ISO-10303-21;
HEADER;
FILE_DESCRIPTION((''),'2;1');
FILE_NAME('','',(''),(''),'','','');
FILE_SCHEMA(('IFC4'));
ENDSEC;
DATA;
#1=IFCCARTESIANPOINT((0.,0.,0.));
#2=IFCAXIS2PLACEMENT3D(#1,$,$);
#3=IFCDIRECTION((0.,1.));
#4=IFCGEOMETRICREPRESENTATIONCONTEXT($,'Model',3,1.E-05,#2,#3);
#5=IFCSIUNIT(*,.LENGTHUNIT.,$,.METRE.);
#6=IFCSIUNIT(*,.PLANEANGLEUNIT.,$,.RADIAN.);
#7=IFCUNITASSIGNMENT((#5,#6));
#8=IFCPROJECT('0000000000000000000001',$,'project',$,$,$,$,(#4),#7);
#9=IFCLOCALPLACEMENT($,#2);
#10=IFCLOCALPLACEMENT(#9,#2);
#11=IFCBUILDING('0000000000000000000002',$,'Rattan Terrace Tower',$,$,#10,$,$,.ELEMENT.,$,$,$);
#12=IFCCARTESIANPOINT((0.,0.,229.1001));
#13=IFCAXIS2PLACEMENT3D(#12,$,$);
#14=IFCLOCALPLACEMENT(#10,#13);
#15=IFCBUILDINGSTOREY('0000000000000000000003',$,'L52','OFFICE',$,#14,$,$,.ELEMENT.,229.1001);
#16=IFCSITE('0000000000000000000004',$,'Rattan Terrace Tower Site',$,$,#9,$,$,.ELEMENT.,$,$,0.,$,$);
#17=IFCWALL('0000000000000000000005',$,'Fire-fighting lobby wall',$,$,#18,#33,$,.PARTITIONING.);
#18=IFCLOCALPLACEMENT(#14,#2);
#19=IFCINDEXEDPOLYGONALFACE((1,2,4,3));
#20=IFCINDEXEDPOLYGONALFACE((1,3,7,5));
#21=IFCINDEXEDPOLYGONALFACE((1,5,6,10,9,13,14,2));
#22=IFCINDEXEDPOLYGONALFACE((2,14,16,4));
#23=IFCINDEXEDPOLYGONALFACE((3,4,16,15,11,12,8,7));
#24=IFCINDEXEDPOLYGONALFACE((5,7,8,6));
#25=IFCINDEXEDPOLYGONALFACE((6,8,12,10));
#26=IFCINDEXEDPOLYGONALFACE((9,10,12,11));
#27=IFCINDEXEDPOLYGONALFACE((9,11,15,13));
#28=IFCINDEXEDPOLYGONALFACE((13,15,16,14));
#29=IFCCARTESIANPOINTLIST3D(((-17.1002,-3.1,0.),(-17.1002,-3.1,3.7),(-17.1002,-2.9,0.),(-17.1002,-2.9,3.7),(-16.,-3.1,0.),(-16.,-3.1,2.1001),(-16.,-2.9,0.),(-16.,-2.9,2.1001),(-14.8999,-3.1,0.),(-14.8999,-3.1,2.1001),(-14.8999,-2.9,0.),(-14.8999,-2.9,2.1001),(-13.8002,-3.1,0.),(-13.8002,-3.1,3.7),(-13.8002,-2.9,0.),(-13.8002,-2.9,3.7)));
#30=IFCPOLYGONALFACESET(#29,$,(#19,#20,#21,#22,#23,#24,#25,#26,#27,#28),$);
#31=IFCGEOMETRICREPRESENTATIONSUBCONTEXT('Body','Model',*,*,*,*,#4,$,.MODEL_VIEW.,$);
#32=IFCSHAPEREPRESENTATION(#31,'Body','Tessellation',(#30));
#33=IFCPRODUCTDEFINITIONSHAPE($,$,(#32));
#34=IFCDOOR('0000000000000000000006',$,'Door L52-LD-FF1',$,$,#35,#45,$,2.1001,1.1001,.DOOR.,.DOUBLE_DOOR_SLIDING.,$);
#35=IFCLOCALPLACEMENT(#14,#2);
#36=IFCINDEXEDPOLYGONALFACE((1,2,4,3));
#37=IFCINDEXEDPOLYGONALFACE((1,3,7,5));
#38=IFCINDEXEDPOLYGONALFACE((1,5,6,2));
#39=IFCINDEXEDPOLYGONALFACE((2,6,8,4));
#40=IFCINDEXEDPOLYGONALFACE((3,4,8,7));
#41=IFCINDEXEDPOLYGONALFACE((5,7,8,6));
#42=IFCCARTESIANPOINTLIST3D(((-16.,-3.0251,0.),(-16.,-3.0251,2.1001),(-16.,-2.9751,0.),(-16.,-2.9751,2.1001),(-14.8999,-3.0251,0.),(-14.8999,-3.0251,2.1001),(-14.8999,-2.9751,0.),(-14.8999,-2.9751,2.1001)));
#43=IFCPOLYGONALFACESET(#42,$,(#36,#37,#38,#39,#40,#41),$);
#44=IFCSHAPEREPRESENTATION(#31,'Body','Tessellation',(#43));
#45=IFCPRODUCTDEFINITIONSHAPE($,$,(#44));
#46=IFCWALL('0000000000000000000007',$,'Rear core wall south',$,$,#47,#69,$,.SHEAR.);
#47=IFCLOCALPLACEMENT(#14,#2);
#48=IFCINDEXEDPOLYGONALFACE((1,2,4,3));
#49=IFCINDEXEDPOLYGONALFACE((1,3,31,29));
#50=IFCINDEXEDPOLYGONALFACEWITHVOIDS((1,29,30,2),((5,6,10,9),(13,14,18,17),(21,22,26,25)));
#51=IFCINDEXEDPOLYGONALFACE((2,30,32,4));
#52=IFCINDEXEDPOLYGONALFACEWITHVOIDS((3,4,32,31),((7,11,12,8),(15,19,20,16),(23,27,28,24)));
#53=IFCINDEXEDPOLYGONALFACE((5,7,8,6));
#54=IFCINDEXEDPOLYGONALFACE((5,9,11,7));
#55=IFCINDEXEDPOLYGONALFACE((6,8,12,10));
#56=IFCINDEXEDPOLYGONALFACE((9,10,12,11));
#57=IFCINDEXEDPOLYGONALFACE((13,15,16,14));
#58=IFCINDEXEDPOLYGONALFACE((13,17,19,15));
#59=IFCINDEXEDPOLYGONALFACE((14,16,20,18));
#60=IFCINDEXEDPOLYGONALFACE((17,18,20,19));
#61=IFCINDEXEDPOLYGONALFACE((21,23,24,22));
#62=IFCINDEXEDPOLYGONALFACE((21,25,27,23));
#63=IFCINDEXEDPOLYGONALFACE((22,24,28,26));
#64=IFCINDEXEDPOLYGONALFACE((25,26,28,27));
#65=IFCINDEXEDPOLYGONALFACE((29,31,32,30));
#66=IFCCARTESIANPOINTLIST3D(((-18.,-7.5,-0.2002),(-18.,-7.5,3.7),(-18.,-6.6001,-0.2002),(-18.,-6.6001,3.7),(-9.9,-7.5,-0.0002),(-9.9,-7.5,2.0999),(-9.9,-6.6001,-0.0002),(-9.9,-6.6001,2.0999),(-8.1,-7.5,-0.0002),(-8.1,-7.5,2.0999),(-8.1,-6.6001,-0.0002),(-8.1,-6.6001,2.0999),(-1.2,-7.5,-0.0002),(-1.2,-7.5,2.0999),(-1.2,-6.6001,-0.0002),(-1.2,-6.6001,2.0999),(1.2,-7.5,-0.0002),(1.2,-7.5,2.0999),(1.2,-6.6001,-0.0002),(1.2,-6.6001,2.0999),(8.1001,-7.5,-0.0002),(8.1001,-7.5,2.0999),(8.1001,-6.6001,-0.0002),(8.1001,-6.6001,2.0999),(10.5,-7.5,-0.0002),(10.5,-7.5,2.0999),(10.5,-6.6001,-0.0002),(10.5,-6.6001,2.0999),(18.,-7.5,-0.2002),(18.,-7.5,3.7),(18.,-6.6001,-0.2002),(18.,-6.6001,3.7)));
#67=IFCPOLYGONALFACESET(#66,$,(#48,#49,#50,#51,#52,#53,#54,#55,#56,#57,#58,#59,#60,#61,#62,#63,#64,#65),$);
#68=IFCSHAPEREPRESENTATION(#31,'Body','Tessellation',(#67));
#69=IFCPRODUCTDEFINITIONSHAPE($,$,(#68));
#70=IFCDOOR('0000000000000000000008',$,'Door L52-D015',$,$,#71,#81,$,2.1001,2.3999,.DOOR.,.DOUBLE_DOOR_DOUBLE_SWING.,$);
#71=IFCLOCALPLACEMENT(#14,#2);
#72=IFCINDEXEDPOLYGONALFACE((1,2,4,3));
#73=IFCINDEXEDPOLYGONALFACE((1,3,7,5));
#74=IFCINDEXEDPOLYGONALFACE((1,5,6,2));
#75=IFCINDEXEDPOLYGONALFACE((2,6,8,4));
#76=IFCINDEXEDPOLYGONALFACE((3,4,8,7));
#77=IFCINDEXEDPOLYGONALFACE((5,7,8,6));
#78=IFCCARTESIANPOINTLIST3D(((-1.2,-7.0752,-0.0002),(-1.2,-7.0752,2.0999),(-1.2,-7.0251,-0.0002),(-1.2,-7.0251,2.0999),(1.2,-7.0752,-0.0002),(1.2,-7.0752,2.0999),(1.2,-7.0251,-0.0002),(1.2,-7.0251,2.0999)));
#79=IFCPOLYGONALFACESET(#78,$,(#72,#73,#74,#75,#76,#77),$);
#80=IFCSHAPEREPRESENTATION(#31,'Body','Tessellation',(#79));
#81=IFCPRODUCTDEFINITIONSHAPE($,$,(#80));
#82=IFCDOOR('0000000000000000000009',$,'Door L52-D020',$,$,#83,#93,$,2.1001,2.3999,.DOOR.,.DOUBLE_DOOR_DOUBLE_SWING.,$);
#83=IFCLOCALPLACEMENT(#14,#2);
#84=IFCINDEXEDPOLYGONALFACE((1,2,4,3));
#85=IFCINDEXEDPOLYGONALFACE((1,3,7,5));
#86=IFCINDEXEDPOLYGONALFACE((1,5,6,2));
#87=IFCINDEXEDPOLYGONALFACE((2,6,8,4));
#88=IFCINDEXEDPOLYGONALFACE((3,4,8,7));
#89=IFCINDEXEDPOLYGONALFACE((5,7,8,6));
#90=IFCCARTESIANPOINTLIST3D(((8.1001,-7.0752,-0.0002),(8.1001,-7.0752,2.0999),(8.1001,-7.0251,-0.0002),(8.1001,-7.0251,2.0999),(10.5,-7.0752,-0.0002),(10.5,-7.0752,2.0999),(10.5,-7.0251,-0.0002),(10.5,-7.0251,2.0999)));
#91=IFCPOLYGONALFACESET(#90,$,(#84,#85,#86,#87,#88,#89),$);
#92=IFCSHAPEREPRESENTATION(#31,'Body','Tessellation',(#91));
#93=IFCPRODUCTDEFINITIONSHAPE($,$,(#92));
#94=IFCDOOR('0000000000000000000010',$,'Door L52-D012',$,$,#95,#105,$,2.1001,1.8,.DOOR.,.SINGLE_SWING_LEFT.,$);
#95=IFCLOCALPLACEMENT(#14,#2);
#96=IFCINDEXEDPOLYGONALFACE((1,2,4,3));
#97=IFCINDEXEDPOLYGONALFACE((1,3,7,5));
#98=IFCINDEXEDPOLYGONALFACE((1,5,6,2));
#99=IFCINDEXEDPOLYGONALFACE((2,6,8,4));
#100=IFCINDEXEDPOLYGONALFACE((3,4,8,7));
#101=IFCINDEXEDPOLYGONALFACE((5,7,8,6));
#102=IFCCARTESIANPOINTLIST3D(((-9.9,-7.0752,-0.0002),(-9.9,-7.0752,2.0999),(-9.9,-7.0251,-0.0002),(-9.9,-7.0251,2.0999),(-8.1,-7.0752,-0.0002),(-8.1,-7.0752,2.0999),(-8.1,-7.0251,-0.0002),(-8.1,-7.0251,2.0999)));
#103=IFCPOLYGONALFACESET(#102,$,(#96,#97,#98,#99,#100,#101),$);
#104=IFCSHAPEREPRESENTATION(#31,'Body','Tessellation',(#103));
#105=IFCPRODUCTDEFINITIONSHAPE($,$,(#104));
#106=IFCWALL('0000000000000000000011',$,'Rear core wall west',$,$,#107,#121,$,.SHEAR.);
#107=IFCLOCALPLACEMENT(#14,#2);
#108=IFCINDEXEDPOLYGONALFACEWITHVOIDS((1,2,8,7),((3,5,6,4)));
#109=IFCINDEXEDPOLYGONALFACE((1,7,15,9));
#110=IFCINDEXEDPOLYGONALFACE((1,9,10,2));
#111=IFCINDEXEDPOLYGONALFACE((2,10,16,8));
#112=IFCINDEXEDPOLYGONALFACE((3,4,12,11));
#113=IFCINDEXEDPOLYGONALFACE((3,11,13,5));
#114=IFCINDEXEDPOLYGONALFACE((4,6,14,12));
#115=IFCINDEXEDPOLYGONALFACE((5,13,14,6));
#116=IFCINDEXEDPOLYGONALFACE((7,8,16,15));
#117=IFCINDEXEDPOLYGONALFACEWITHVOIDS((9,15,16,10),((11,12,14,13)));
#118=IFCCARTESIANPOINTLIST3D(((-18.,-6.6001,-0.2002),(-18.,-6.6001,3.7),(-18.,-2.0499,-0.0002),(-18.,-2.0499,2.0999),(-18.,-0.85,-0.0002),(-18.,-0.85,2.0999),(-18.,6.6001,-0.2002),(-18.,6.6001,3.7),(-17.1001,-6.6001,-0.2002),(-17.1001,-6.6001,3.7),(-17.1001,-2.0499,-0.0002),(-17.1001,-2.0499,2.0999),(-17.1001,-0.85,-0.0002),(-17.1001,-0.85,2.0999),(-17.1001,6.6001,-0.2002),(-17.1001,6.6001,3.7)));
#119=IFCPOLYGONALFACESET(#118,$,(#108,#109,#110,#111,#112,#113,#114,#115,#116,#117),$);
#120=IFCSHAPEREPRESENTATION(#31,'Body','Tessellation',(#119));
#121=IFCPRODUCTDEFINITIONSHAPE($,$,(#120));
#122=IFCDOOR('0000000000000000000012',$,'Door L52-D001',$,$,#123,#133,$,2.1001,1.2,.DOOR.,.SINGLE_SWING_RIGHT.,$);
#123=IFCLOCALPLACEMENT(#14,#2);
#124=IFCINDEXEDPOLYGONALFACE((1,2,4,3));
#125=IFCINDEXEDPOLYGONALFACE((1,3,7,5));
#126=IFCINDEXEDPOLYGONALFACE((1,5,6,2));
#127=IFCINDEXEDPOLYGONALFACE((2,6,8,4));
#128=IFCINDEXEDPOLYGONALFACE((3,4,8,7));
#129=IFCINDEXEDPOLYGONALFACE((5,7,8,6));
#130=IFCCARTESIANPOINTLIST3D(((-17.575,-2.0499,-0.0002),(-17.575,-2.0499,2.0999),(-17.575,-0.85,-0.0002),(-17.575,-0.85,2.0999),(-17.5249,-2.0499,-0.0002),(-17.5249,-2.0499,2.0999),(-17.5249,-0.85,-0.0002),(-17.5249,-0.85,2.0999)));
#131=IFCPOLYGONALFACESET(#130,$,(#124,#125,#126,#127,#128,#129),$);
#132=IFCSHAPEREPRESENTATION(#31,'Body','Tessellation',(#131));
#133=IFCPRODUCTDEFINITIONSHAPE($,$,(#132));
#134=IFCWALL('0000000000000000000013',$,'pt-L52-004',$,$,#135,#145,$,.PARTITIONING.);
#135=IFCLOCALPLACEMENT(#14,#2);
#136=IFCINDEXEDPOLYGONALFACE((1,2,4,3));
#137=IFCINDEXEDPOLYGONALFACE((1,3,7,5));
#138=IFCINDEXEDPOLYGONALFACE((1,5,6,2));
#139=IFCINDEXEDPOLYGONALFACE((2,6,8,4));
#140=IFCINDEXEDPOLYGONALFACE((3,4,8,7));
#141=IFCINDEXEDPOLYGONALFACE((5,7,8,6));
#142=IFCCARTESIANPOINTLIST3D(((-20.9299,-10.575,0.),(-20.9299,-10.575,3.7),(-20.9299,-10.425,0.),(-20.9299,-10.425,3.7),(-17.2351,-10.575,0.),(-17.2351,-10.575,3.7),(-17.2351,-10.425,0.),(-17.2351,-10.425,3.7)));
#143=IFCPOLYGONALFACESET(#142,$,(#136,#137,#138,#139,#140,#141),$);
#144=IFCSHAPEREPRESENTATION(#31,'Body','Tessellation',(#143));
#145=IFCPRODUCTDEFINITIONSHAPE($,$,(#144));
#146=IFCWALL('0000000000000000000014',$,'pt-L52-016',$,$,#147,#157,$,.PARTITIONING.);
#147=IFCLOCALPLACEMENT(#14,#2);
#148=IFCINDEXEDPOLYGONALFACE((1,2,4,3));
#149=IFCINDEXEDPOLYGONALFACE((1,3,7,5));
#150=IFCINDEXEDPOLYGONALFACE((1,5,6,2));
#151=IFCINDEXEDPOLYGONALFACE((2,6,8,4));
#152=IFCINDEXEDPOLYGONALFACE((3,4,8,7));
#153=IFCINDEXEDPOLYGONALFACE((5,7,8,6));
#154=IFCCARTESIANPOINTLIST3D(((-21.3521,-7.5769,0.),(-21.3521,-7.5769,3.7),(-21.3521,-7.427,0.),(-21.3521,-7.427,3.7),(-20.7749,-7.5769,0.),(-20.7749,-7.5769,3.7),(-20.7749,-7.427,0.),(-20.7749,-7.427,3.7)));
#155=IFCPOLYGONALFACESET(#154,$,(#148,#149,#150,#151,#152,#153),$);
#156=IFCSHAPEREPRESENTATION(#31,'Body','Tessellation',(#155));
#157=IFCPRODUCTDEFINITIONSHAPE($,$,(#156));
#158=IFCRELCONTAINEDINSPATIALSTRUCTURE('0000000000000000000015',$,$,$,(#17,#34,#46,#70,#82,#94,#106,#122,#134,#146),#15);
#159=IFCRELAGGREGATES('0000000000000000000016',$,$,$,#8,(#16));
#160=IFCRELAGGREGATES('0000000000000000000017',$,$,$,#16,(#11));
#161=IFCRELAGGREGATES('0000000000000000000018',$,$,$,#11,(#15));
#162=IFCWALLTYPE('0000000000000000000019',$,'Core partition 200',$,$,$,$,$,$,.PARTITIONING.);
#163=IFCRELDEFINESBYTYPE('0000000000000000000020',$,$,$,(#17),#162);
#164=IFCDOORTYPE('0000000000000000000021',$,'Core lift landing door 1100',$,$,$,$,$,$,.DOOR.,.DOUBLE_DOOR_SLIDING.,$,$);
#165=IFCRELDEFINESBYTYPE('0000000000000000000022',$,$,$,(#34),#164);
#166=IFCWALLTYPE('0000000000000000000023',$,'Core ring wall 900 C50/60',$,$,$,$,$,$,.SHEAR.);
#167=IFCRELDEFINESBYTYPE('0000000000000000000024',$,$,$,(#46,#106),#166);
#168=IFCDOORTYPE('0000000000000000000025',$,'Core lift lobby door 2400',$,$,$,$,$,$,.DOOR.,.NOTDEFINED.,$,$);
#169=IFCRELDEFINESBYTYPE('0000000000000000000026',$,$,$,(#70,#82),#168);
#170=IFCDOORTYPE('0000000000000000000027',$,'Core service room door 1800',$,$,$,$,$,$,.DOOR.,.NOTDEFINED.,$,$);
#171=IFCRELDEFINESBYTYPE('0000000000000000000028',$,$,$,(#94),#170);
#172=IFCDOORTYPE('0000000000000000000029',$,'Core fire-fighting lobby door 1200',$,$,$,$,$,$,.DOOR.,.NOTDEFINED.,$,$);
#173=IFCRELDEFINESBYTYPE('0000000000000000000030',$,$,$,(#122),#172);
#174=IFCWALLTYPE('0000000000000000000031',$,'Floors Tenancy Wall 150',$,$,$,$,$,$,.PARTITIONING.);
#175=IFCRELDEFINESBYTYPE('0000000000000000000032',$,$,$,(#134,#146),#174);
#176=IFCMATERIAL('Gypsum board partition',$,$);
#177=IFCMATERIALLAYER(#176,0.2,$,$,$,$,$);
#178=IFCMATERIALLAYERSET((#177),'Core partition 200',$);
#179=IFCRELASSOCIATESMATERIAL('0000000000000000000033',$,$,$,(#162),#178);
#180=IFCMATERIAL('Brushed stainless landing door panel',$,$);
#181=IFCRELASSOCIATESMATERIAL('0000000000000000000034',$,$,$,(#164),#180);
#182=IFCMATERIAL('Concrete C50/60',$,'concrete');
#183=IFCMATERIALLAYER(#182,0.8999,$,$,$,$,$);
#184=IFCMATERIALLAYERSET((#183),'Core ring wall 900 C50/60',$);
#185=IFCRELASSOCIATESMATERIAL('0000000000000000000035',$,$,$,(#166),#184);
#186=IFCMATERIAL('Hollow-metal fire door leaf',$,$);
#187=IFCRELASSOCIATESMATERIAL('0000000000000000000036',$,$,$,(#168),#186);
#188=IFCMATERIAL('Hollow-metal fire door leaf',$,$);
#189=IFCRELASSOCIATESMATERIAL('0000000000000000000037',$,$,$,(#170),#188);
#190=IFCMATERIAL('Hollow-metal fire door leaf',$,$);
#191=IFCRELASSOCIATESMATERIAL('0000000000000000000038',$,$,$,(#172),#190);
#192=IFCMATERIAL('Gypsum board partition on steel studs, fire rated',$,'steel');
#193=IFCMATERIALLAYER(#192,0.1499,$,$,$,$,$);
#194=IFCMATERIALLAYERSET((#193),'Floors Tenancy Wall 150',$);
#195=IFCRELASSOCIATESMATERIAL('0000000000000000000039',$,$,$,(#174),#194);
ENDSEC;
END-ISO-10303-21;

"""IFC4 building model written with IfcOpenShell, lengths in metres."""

from ifc_helpers import new_model, si_unit, direction, frame, frame_2d, origin, place, context, subcontext, project, spatial, rectangle, extrude, material, layer, layer_set, type_object, element, fill, save


model = new_model("IFC4")

# Units and contexts
model_context = context("Model", 3, precision=1e-05, world=origin(), true_north=direction((0.0, 1.0)))
body_context = subcontext(model_context, "Body", "Model", "MODEL_VIEW")
ifc_project = project(units=[si_unit("LENGTHUNIT", "METRE"), si_unit("PLANEANGLEUNIT", "RADIAN")], contexts=[model_context])

# Site, building, storey
site_placement = place(None, origin())
site = spatial("IfcSite", under=ifc_project, at=site_placement, Name="Rattan Terrace Tower Site", CompositionType="ELEMENT", RefElevation=0.0)
building_placement = place(site_placement, origin())
building = spatial("IfcBuilding", under=site, at=building_placement, Name="Rattan Terrace Tower", CompositionType="ELEMENT")
storey_placement = place(building_placement, frame((0.0, 0.0, 229.1001)))
storey = spatial("IfcBuildingStorey", under=building, at=storey_placement, Name="L52", Description="OFFICE", CompositionType="ELEMENT", Elevation=229.1001)

# Wall, opening, door
ifc_material_1 = material(Name="Gypsum board partition")
ifc_layer_1 = layer(ifc_material_1, 0.2)
ifc_layer_set_1 = layer_set([ifc_layer_1], Name="Core partition 200")
wall_type_1 = type_object("IfcWallType", Name="Core partition 200", PredefinedType="PARTITIONING", material=ifc_layer_set_1)
wall_1_placement = place(storey_placement, frame((-17.1001, -3.0, 0.0), z_axis=(0.0, 0.0, 1.0), x_axis=(1.0, 0.0, 0.0)))
wall_1 = element("IfcWall", 1, at=wall_1_placement, inside=storey, type_object=wall_type_1, Name="Fire-fighting lobby wall", PredefinedType="PARTITIONING", context=body_context, shape_type="SweptSolid", body=[
    extrude(rectangle(XDim=3.3, YDim=0.2, at=frame_2d((1.6499, 0.0))), origin(), (0.0, 0.0, 1.0), 3.7),
])
opening_1_placement = place(wall_1_placement, frame((1.1001, 0.0, 0.0)))
opening_1 = element("IfcOpeningElement", 2, at=opening_1_placement, cuts=wall_1, PredefinedType="OPENING", context=body_context, shape_type="SweptSolid", body=[
    extrude(rectangle(XDim=1.1001, YDim=2.1001, at=frame_2d((0.55, 1.05))), frame((0.0, 0.1106, 0.0), z_axis=(0.0, -1.0, 0.0), x_axis=(1.0, 0.0, 0.0)), (0.0, 0.0, 1.0), 0.2209),
])
ifc_material_2 = material(Name="Brushed stainless landing door panel")
door_type_1 = type_object("IfcDoorType", Name="Core lift landing door 1100", OperationType="DOUBLE_DOOR_SLIDING", PredefinedType="DOOR", material=ifc_material_2)
door_1_placement = place(opening_1_placement, origin())
door_1 = element("IfcDoor", 3, at=door_1_placement, inside=storey, type_object=door_type_1, Name="Door L52-LD-FF1", OperationType="DOUBLE_DOOR_SLIDING", OverallHeight=2.1001, OverallWidth=1.1001, PredefinedType="DOOR", context=body_context, shape_type="SweptSolid", body=[
    extrude(rectangle(XDim=1.1001, YDim=2.1001, at=frame_2d((0.55, 1.05))), frame((0.0, 0.0249, 0.0), z_axis=(0.0, -1.0, 0.0), x_axis=(1.0, 0.0, 0.0)), (0.0, 0.0, 1.0), 0.05),
])
fill(opening_1, door_1)

# Wall, openings, doors
ifc_material_3 = material(Name="Concrete C50/60", Category="concrete")
ifc_layer_2 = layer(ifc_material_3, 0.8999)
ifc_layer_set_2 = layer_set([ifc_layer_2], Name="Core ring wall 900 C50/60")
wall_type_2 = type_object("IfcWallType", Name="Core ring wall 900 C50/60", PredefinedType="SHEAR", material=ifc_layer_set_2)
wall_2_placement = place(storey_placement, frame((-18.0, -7.05, -0.2002), z_axis=(0.0, 0.0, 1.0), x_axis=(1.0, 0.0, 0.0)))
wall_2 = element("IfcWall", 4, at=wall_2_placement, inside=storey, type_object=wall_type_2, Name="Rear core wall south", PredefinedType="SHEAR", context=body_context, shape_type="SweptSolid", body=[
    extrude(rectangle(XDim=36.0, YDim=0.8999, at=frame_2d((18.0, 0.0))), origin(), (0.0, 0.0, 1.0), 3.9001),
])
opening_2_placement = place(wall_2_placement, frame((8.1001, 0.0, 0.2)))
opening_2 = element("IfcOpeningElement", 5, at=opening_2_placement, cuts=wall_2, PredefinedType="OPENING", context=body_context, shape_type="SweptSolid", body=[
    extrude(rectangle(XDim=1.8, YDim=2.1001, at=frame_2d((0.8999, 1.05))), frame((0.0, 0.4604, 0.0), z_axis=(0.0, -1.0, 0.0), x_axis=(1.0, 0.0, 0.0)), (0.0, 0.0, 1.0), 0.9209),
])
opening_3_placement = place(wall_2_placement, frame((16.8, 0.0, 0.2)))
opening_3 = element("IfcOpeningElement", 6, at=opening_3_placement, cuts=wall_2, PredefinedType="OPENING", context=body_context, shape_type="SweptSolid", body=[
    extrude(rectangle(XDim=2.3999, YDim=2.1001, at=frame_2d((1.2, 1.05))), frame((0.0, 0.4604, 0.0), z_axis=(0.0, -1.0, 0.0), x_axis=(1.0, 0.0, 0.0)), (0.0, 0.0, 1.0), 0.9209),
])
opening_4_placement = place(wall_2_placement, frame((26.1001, 0.0, 0.2)))
opening_4 = element("IfcOpeningElement", 7, at=opening_4_placement, cuts=wall_2, PredefinedType="OPENING", context=body_context, shape_type="SweptSolid", body=[
    extrude(rectangle(XDim=2.3999, YDim=2.1001, at=frame_2d((1.2, 1.05))), frame((0.0, 0.4604, 0.0), z_axis=(0.0, -1.0, 0.0), x_axis=(1.0, 0.0, 0.0)), (0.0, 0.0, 1.0), 0.9209),
])
ifc_material_4 = material(Name="Hollow-metal fire door leaf")
door_type_2 = type_object("IfcDoorType", Name="Core lift lobby door 2400", OperationType="NOTDEFINED", PredefinedType="DOOR", material=ifc_material_4)
door_2_placement = place(opening_3_placement, origin())
door_2 = element("IfcDoor", 8, at=door_2_placement, inside=storey, type_object=door_type_2, Name="Door L52-D015", OperationType="DOUBLE_DOOR_DOUBLE_SWING", OverallHeight=2.1001, OverallWidth=2.3999, PredefinedType="DOOR", context=body_context, shape_type="SweptSolid", body=[
    extrude(rectangle(XDim=2.3999, YDim=2.1001, at=frame_2d((1.2, 1.05))), frame((0.0, 0.0249, 0.0), z_axis=(0.0, -1.0, 0.0), x_axis=(1.0, 0.0, 0.0)), (0.0, 0.0, 1.0), 0.05),
])
fill(opening_3, door_2)
door_3_placement = place(opening_4_placement, origin())
door_3 = element("IfcDoor", 9, at=door_3_placement, inside=storey, type_object=door_type_2, Name="Door L52-D020", OperationType="DOUBLE_DOOR_DOUBLE_SWING", OverallHeight=2.1001, OverallWidth=2.3999, PredefinedType="DOOR", context=body_context, shape_type="SweptSolid", body=[
    extrude(rectangle(XDim=2.3999, YDim=2.1001, at=frame_2d((1.2, 1.05))), frame((0.0, 0.0249, 0.0), z_axis=(0.0, -1.0, 0.0), x_axis=(1.0, 0.0, 0.0)), (0.0, 0.0, 1.0), 0.05),
])
fill(opening_4, door_3)
ifc_material_5 = material(Name="Hollow-metal fire door leaf")
door_type_3 = type_object("IfcDoorType", Name="Core service room door 1800", OperationType="NOTDEFINED", PredefinedType="DOOR", material=ifc_material_5)
door_4_placement = place(opening_2_placement, origin())
door_4 = element("IfcDoor", 10, at=door_4_placement, inside=storey, type_object=door_type_3, Name="Door L52-D012", OperationType="SINGLE_SWING_LEFT", OverallHeight=2.1001, OverallWidth=1.8, PredefinedType="DOOR", context=body_context, shape_type="SweptSolid", body=[
    extrude(rectangle(XDim=1.8, YDim=2.1001, at=frame_2d((0.8999, 1.05))), frame((0.0, 0.0249, 0.0), z_axis=(0.0, -1.0, 0.0), x_axis=(1.0, 0.0, 0.0)), (0.0, 0.0, 1.0), 0.05),
])
fill(opening_2, door_4)

# Wall, opening, door
wall_3_placement = place(storey_placement, frame((-17.55, -6.6001, -0.2002), z_axis=(0.0, 0.0, 1.0), x_axis=(0.0, 1.0, 0.0)))
wall_3 = element("IfcWall", 11, at=wall_3_placement, inside=storey, type_object=wall_type_2, Name="Rear core wall west", PredefinedType="SHEAR", context=body_context, shape_type="SweptSolid", body=[
    extrude(rectangle(XDim=13.2002, YDim=0.8999, at=frame_2d((6.6001, 0.0))), origin(), (0.0, 0.0, 1.0), 3.9001),
])
opening_5_placement = place(wall_3_placement, frame((4.55, 0.0, 0.2)))
opening_5 = element("IfcOpeningElement", 12, at=opening_5_placement, cuts=wall_3, PredefinedType="OPENING", context=body_context, shape_type="SweptSolid", body=[
    extrude(rectangle(XDim=1.2, YDim=2.1001, at=frame_2d((0.6001, 1.05))), frame((0.0, 0.4604, 0.0), z_axis=(0.0, -1.0, 0.0), x_axis=(1.0, 0.0, 0.0)), (0.0, 0.0, 1.0), 0.9209),
])
ifc_material_6 = material(Name="Hollow-metal fire door leaf")
door_type_4 = type_object("IfcDoorType", Name="Core fire-fighting lobby door 1200", OperationType="NOTDEFINED", PredefinedType="DOOR", material=ifc_material_6)
door_5_placement = place(opening_5_placement, origin())
door_5 = element("IfcDoor", 13, at=door_5_placement, inside=storey, type_object=door_type_4, Name="Door L52-D001", OperationType="SINGLE_SWING_RIGHT", OverallHeight=2.1001, OverallWidth=1.2, PredefinedType="DOOR", context=body_context, shape_type="SweptSolid", body=[
    extrude(rectangle(XDim=1.2, YDim=2.1001, at=frame_2d((0.6001, 1.05))), frame((0.0, 0.0249, 0.0), z_axis=(0.0, -1.0, 0.0), x_axis=(1.0, 0.0, 0.0)), (0.0, 0.0, 1.0), 0.05),
])
fill(opening_5, door_5)

# Walls
ifc_material_7 = material(Name="Gypsum board partition on steel studs, fire rated", Category="steel")
ifc_layer_3 = layer(ifc_material_7, 0.1499)
ifc_layer_set_3 = layer_set([ifc_layer_3], Name="Floors Tenancy Wall 150")
wall_type_3 = type_object("IfcWallType", Name="Floors Tenancy Wall 150", PredefinedType="PARTITIONING", material=ifc_layer_set_3)
wall_4_placement = place(storey_placement, frame((-17.2351, -10.5, 0.0), z_axis=(0.0, 0.0, 1.0), x_axis=(-1.0, 0.0, 0.0)))
element("IfcWall", 14, at=wall_4_placement, inside=storey, type_object=wall_type_3, Name="pt-L52-004", PredefinedType="PARTITIONING", context=body_context, shape_type="SweptSolid", body=[
    extrude(rectangle(XDim=3.6948, YDim=0.1499, at=frame_2d((1.8474, 0.0))), origin(), (0.0, 0.0, 1.0), 3.7),
])
wall_5_placement = place(storey_placement, frame((-21.3521, -7.502, 0.0), z_axis=(0.0, 0.0, 1.0), x_axis=(1.0, 0.0, 0.0)))
element("IfcWall", 15, at=wall_5_placement, inside=storey, type_object=wall_type_3, Name="pt-L52-016", PredefinedType="PARTITIONING", context=body_context, shape_type="SweptSolid", body=[
    extrude(rectangle(XDim=0.5771, YDim=0.1499, at=frame_2d((0.2886, 0.0))), origin(), (0.0, 0.0, 1.0), 3.7),
])

save(model, "model.ifc")
